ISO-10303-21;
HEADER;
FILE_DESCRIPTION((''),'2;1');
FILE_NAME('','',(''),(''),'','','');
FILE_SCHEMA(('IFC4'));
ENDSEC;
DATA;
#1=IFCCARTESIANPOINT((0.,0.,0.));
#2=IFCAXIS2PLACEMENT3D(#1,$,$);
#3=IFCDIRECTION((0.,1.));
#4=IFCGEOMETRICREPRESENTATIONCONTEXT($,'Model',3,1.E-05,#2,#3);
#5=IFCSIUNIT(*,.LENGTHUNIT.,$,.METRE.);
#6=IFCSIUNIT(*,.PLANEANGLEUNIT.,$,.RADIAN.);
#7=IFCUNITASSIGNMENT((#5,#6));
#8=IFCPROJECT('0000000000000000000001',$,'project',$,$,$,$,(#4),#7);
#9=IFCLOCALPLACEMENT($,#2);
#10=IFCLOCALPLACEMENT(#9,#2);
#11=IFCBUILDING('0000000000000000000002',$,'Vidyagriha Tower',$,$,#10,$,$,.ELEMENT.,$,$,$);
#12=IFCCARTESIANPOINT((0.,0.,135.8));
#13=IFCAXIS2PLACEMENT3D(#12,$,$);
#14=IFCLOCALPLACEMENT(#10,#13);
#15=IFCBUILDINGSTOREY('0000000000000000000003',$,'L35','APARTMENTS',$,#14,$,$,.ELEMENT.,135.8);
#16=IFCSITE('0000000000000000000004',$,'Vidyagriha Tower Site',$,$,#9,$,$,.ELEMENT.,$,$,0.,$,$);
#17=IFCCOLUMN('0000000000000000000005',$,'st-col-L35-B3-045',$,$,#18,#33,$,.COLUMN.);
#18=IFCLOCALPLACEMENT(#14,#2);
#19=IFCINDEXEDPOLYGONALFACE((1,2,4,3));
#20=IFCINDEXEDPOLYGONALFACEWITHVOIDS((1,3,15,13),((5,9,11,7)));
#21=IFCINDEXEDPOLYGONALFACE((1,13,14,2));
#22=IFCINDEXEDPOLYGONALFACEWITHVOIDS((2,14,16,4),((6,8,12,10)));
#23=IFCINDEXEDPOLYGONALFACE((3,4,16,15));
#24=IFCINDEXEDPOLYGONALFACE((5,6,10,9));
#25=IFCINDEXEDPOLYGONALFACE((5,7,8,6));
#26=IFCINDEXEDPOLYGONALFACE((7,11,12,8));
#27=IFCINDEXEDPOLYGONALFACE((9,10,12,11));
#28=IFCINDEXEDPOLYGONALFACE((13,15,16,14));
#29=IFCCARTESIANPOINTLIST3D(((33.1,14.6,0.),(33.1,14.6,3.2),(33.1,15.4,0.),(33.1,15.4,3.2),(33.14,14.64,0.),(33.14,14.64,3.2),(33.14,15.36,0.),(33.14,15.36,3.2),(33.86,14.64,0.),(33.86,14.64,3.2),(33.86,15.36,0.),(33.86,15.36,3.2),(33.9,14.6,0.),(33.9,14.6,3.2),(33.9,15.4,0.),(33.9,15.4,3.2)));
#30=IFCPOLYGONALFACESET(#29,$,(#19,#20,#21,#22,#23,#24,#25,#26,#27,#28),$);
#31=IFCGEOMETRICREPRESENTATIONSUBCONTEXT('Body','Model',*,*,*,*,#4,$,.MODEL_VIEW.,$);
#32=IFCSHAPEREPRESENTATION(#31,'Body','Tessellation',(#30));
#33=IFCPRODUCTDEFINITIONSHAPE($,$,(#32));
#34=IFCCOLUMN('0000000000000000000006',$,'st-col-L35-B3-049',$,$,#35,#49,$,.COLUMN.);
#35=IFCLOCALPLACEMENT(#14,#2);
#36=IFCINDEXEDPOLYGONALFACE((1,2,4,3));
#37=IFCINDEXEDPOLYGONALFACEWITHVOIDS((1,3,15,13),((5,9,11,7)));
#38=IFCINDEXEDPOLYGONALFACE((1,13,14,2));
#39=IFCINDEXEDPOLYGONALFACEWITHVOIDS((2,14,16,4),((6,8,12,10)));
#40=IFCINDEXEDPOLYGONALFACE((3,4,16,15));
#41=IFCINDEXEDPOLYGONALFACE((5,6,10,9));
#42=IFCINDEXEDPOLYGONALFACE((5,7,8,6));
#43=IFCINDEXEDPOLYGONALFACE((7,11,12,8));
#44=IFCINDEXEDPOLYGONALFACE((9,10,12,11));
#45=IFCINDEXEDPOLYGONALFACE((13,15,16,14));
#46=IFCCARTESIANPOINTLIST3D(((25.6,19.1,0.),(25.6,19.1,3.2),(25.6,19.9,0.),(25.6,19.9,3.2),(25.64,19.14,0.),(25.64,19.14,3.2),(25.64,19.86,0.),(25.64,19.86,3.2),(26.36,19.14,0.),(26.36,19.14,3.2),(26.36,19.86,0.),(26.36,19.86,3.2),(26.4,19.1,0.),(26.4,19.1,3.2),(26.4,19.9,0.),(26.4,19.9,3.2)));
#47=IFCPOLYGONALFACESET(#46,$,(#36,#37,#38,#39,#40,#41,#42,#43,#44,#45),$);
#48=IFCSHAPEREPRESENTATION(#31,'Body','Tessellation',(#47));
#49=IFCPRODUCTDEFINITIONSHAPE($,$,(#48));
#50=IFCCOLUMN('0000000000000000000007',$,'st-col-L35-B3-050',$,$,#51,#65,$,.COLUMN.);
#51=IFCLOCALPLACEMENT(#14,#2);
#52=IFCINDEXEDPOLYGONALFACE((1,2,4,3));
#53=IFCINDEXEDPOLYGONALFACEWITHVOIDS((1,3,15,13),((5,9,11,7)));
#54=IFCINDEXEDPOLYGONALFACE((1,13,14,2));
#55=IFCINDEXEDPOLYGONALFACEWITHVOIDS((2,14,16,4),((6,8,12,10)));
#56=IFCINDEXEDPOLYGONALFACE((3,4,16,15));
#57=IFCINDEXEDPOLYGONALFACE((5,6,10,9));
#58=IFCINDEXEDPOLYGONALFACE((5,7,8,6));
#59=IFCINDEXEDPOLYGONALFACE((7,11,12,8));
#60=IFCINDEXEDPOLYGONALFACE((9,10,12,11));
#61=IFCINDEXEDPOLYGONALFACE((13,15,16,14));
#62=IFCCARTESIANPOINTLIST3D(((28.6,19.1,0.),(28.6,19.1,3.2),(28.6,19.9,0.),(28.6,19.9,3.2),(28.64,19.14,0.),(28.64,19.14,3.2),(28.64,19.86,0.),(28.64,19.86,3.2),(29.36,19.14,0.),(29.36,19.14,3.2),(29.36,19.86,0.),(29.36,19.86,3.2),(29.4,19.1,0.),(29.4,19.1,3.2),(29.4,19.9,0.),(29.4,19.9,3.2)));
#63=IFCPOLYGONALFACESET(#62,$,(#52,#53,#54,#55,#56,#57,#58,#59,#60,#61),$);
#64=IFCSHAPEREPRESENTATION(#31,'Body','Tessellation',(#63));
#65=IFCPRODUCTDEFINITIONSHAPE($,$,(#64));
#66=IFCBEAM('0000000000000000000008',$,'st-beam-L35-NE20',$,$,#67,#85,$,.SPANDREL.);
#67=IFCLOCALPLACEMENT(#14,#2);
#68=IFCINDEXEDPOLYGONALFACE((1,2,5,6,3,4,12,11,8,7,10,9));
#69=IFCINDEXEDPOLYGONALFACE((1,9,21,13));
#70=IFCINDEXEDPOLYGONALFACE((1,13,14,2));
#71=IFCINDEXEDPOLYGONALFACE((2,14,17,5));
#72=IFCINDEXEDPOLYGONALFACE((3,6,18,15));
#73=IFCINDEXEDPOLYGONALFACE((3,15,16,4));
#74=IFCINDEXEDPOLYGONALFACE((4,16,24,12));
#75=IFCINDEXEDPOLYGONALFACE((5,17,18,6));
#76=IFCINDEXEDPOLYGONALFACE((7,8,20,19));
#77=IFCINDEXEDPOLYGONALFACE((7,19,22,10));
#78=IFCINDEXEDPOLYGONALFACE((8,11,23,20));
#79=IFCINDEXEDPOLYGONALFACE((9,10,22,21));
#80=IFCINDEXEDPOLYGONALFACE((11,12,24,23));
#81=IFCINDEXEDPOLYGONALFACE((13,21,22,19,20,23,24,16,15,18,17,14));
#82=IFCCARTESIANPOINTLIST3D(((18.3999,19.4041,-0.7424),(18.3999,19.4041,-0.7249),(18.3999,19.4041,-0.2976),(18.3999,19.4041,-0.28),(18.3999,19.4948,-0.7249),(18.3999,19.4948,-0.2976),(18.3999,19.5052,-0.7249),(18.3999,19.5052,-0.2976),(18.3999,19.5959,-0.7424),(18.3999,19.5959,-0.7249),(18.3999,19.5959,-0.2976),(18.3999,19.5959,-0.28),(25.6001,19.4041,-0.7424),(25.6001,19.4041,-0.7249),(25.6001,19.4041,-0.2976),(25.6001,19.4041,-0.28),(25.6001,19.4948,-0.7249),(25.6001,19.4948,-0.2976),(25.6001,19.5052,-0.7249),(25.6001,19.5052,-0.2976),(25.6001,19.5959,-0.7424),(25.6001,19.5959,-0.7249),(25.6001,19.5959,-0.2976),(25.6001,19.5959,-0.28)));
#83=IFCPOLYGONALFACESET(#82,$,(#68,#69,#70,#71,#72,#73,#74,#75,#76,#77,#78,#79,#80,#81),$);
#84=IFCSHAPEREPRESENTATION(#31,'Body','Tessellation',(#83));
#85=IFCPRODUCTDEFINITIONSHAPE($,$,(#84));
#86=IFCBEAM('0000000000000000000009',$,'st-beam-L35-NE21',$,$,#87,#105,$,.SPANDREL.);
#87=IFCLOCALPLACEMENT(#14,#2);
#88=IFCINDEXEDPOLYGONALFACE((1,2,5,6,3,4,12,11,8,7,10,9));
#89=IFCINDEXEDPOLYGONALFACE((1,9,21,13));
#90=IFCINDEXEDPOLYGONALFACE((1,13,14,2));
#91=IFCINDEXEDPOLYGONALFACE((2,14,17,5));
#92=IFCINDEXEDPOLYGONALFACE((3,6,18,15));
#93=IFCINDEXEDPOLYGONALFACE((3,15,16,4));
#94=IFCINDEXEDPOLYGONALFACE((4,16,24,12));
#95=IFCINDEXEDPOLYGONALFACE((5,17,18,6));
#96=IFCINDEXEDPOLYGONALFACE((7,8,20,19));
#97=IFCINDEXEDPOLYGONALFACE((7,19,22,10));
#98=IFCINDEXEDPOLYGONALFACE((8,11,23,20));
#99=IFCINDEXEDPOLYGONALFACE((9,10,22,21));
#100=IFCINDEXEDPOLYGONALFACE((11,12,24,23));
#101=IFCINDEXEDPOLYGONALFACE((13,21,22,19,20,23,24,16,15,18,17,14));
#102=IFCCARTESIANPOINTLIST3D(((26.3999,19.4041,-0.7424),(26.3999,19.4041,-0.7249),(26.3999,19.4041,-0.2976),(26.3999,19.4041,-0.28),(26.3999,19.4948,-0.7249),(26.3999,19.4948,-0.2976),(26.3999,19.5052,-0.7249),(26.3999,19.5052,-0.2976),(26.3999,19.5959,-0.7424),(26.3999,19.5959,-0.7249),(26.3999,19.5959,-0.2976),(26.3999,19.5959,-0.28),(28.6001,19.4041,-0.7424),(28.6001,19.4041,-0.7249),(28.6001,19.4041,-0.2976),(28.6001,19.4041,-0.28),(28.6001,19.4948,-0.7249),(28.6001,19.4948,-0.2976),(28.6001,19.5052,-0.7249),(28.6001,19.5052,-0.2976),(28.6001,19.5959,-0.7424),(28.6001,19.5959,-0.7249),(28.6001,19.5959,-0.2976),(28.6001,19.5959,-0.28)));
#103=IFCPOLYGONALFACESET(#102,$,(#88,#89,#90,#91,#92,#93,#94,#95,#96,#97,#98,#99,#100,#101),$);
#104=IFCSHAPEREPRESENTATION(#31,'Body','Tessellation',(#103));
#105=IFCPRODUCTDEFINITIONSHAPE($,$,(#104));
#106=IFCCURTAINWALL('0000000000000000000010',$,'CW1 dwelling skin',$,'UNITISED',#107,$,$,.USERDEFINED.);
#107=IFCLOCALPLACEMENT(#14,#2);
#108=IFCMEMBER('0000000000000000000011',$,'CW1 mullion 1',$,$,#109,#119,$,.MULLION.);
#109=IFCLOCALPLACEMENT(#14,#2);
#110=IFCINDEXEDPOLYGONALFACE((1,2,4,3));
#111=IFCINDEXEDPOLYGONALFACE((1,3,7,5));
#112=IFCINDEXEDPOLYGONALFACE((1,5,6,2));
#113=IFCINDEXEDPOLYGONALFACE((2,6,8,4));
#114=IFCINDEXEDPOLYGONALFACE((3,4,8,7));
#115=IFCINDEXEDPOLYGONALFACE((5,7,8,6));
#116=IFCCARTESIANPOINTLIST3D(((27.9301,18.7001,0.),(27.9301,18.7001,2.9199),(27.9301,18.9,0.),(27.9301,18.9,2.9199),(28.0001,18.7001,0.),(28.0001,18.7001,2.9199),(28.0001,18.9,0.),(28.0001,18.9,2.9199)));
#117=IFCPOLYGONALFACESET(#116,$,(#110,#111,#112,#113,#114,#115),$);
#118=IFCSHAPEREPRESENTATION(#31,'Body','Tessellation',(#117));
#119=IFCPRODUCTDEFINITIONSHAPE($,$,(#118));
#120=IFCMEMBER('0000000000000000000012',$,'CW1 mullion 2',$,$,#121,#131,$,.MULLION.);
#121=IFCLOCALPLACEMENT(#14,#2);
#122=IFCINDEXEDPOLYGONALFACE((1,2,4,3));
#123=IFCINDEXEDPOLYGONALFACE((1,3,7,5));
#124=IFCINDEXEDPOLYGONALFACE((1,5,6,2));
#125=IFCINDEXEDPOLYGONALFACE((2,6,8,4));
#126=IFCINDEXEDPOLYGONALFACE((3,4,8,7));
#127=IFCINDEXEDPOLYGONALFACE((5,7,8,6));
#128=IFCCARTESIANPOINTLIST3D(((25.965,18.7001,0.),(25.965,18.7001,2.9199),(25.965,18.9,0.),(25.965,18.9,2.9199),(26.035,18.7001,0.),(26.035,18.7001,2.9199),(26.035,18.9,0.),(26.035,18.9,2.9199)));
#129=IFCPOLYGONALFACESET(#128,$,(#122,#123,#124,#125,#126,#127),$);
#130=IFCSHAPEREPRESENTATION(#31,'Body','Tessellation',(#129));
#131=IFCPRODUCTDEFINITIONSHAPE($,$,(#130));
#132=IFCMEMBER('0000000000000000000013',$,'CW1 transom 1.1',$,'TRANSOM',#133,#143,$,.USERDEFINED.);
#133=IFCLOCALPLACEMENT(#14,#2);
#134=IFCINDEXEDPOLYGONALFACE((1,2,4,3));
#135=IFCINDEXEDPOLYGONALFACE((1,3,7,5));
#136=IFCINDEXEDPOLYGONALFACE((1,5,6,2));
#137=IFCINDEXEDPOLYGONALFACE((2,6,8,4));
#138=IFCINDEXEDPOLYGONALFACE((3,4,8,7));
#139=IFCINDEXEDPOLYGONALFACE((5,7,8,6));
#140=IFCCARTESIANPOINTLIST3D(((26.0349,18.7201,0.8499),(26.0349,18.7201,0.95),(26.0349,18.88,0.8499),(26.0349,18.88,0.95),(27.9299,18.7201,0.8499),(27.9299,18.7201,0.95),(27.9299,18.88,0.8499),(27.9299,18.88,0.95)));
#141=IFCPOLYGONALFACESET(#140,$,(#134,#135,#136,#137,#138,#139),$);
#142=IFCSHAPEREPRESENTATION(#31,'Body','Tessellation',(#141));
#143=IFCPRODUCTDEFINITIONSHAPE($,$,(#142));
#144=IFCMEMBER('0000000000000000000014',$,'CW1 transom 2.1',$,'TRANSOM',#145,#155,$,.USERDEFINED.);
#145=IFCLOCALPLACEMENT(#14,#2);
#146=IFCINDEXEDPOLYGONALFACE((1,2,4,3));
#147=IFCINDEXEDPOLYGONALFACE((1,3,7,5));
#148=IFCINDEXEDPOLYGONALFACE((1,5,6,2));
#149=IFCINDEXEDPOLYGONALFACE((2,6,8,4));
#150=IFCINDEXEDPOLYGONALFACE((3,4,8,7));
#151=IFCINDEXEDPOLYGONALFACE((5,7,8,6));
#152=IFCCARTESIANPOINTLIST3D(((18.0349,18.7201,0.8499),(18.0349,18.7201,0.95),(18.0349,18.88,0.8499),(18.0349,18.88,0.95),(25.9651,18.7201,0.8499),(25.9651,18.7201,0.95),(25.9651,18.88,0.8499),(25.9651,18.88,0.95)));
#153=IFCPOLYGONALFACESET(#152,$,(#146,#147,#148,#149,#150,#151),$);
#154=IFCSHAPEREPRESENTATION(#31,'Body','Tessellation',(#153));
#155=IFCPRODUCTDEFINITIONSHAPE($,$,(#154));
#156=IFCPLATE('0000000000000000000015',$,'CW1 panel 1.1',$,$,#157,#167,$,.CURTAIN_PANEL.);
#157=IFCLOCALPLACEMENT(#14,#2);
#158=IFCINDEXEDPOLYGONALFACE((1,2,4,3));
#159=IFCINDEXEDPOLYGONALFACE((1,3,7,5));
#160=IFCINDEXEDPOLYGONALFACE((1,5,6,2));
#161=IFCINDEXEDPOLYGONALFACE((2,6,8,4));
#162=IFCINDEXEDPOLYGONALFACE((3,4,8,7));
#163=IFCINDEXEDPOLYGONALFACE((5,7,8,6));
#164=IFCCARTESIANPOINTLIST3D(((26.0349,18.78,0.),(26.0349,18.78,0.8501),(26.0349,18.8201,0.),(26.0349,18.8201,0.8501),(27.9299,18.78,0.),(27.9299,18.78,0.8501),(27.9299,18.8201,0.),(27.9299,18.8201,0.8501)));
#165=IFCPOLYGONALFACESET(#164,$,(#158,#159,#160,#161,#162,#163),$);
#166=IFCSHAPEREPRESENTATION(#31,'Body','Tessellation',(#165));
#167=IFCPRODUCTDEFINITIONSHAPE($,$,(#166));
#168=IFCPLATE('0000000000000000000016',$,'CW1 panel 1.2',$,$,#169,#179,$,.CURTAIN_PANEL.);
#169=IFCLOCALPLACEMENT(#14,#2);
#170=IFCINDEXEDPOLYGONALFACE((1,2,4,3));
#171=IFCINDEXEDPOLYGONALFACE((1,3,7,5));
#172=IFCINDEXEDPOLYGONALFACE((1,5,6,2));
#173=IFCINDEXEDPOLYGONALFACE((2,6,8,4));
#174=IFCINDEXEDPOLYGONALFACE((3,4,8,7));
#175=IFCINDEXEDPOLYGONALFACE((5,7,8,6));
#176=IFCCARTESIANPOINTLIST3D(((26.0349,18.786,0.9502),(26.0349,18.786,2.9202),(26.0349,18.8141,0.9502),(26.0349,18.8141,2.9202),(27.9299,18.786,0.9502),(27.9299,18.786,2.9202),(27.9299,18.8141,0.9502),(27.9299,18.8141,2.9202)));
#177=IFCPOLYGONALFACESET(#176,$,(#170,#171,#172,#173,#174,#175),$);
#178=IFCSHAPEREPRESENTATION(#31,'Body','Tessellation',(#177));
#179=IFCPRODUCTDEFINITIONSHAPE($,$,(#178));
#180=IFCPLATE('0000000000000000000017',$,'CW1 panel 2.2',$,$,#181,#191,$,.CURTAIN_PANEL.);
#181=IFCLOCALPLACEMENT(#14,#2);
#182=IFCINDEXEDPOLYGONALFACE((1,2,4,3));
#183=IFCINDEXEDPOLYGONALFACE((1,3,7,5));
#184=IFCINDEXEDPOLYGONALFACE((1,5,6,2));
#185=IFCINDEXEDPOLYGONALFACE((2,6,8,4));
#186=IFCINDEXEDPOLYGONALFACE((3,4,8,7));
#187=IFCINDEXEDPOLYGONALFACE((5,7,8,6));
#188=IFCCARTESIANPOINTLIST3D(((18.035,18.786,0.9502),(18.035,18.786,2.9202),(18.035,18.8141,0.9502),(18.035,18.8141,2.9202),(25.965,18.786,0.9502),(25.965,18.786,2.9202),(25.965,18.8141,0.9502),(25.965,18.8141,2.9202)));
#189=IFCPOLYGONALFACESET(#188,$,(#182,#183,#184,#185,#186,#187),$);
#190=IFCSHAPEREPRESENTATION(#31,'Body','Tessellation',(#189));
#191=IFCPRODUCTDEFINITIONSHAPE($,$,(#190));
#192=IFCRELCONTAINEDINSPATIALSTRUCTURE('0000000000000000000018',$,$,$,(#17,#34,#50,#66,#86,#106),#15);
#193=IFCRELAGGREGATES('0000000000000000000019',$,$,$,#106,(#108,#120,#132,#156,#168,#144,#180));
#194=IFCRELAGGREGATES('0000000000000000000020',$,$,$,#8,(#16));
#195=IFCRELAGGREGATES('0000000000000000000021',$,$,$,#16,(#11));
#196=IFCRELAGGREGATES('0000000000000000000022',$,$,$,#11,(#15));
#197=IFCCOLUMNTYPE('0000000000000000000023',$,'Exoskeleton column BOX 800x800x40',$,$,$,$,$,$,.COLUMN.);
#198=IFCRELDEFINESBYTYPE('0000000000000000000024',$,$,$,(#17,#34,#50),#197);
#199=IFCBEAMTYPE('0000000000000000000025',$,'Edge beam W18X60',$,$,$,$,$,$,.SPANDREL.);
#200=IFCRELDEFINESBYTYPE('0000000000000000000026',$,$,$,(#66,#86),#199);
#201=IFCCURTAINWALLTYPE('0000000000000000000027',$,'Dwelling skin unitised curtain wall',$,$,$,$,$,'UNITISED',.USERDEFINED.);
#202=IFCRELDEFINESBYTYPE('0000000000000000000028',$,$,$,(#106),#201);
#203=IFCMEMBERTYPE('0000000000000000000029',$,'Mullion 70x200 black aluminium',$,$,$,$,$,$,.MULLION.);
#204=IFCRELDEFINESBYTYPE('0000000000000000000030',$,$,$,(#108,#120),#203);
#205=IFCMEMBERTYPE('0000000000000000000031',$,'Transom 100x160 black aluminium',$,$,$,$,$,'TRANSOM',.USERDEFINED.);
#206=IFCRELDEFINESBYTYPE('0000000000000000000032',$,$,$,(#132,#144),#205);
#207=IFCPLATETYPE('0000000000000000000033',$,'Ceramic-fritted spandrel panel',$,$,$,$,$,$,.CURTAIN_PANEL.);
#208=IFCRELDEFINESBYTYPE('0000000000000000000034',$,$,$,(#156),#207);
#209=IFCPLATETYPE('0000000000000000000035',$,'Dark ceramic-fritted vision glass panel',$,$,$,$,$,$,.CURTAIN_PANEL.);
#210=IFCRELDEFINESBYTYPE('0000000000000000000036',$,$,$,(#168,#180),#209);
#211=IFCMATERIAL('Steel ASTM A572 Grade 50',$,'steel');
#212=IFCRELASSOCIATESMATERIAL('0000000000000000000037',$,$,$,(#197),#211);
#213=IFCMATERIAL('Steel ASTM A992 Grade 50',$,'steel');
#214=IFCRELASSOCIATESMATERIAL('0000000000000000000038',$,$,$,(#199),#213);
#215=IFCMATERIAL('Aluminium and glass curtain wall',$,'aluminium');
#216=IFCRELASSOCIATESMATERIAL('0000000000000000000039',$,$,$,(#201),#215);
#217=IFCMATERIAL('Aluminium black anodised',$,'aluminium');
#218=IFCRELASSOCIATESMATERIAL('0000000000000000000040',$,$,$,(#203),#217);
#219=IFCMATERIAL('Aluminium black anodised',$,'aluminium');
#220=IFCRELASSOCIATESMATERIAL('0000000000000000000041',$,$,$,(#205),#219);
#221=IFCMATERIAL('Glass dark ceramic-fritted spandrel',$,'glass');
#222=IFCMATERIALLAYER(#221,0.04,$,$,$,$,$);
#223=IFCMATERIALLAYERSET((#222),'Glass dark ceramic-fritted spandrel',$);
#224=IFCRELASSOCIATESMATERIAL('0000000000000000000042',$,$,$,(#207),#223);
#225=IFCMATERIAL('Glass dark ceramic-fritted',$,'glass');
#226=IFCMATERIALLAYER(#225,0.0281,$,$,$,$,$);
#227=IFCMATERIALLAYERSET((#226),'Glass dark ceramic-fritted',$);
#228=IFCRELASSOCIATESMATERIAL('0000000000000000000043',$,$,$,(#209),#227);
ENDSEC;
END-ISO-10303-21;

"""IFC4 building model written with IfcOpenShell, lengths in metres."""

from ifc_helpers import new_model, si_unit, direction, frame, origin, origin_2d, place, context, subcontext, project, spatial, rectangle, hollow_rectangle, i_section, extrude, material, layer, layer_set, material_profile, profile_set, type_object, element, aggregate, save


model = new_model("IFC4")

# Units and contexts
model_context = context("Model", 3, precision=1e-05, world=origin(), true_north=direction((0.0, 1.0)))
body_context = subcontext(model_context, "Body", "Model", "MODEL_VIEW")
ifc_project = project(units=[si_unit("LENGTHUNIT", "METRE"), si_unit("PLANEANGLEUNIT", "RADIAN")], contexts=[model_context])

# Site, building, storey
site_placement = place(None, origin())
site = spatial("IfcSite", under=ifc_project, at=site_placement, Name="Vidyagriha Tower Site", CompositionType="ELEMENT", RefElevation=0.0)
building_placement = place(site_placement, origin())
building = spatial("IfcBuilding", under=site, at=building_placement, Name="Vidyagriha Tower", CompositionType="ELEMENT")
storey_placement = place(building_placement, frame((0.0, 0.0, 135.8)))
storey = spatial("IfcBuildingStorey", under=building, at=storey_placement, Name="L35", Description="APARTMENTS", CompositionType="ELEMENT", Elevation=135.8)

# Columns
ifc_material_1 = material(Name="Steel ASTM A572 Grade 50", Category="steel")
ifc_material_profile_1 = material_profile(ifc_material_1, hollow_rectangle(XDim=0.8, YDim=0.8, WallThickness=0.04, at=origin_2d()), Name="BOX 800x800x40")
ifc_profile_set_1 = profile_set([ifc_material_profile_1], Name="Steel ASTM A572 Grade 50")
column_type = type_object("IfcColumnType", Name="Exoskeleton column BOX 800x800x40", PredefinedType="COLUMN", material=ifc_profile_set_1)
for number, where, name in (
    (1, (33.5, 15.0, 0.0), "st-col-L35-B3-045"),
    (2, (26.0, 19.5, 0.0), "st-col-L35-B3-049"),
    (3, (29.0, 19.5, 0.0), "st-col-L35-B3-050"),
):
    element("IfcColumn", number, at=place(storey_placement, frame(where)), inside=storey, type_object=column_type, Name=name, PredefinedType="COLUMN", context=body_context, shape_type="SweptSolid", body=[
        extrude(hollow_rectangle(XDim=0.8, YDim=0.8, WallThickness=0.04, at=origin_2d()), origin(), (0.0, 0.0, 1.0), 3.2),
    ])

# Beams
ifc_material_2 = material(Name="Steel ASTM A992 Grade 50", Category="steel")
ifc_material_profile_2 = material_profile(ifc_material_2, i_section(OverallWidth=0.1919, OverallDepth=0.4624, WebThickness=0.0105, FlangeThickness=0.0176, at=origin_2d()), Name="W18X60")
ifc_profile_set_2 = profile_set([ifc_material_profile_2], Name="Steel ASTM A992 Grade 50")
beam_type = type_object("IfcBeamType", Name="Edge beam W18X60", PredefinedType="SPANDREL", material=ifc_profile_set_2)
beam_1_placement = place(storey_placement, frame((18.3999, 19.5, -0.5112), z_axis=(1.0, 0.0, 0.0), x_axis=(0.0, 1.0, 0.0)))
element("IfcBeam", 4, at=beam_1_placement, inside=storey, type_object=beam_type, Name="st-beam-L35-NE20", PredefinedType="SPANDREL", context=body_context, shape_type="SweptSolid", body=[
    extrude(i_section(OverallWidth=0.1919, OverallDepth=0.4624, WebThickness=0.0105, FlangeThickness=0.0176, at=origin_2d()), origin(), (0.0, 0.0, 1.0), 7.2002),
])
beam_2_placement = place(storey_placement, frame((26.3999, 19.5, -0.5112), z_axis=(1.0, 0.0, 0.0), x_axis=(0.0, 1.0, 0.0)))
element("IfcBeam", 5, at=beam_2_placement, inside=storey, type_object=beam_type, Name="st-beam-L35-NE21", PredefinedType="SPANDREL", context=body_context, shape_type="SweptSolid", body=[
    extrude(i_section(OverallWidth=0.1919, OverallDepth=0.4624, WebThickness=0.0105, FlangeThickness=0.0176, at=origin_2d()), origin(), (0.0, 0.0, 1.0), 2.2002),
])

# Curtain wall, members, plates
ifc_material_3 = material(Name="Aluminium and glass curtain wall", Category="aluminium")
curtain_wall_type = type_object("IfcCurtainWallType", Name="Dwelling skin unitised curtain wall", ElementType="UNITISED", PredefinedType="USERDEFINED", material=ifc_material_3)
curtain_wall_placement = place(storey_placement, origin())
curtain_wall = element("IfcCurtainWall", 6, at=curtain_wall_placement, inside=storey, type_object=curtain_wall_type, Name="CW1 dwelling skin", ObjectType="UNITISED", PredefinedType="USERDEFINED")
ifc_material_4 = material(Name="Aluminium black anodised", Category="aluminium")
ifc_material_profile_3 = material_profile(ifc_material_4, rectangle(XDim=0.2, YDim=0.0701, at=origin_2d()), Name="Mullion 70x200 black aluminium")
ifc_profile_set_3 = profile_set([ifc_material_profile_3], Name="Aluminium black anodised")
member_type_1 = type_object("IfcMemberType", Name="Mullion 70x200 black aluminium", PredefinedType="MULLION", material=ifc_profile_set_3)
member_1_placement = place(storey_placement, frame((27.9651, 18.8, 0.0), z_axis=(0.0, 0.0, 1.0), x_axis=(0.0, -1.0, 0.0)))
member_1 = element("IfcMember", 7, at=member_1_placement, type_object=member_type_1, Name="CW1 mullion 1", PredefinedType="MULLION", context=body_context, shape_type="SweptSolid", body=[
    extrude(rectangle(XDim=0.2, YDim=0.0701, at=origin_2d()), origin(), (0.0, 0.0, 1.0), 2.9199),
])
member_2_placement = place(storey_placement, frame((26.0, 18.8, 0.0), z_axis=(0.0, 0.0, 1.0), x_axis=(0.0, -1.0, 0.0)))
member_2 = element("IfcMember", 8, at=member_2_placement, type_object=member_type_1, Name="CW1 mullion 2", PredefinedType="MULLION", context=body_context, shape_type="SweptSolid", body=[
    extrude(rectangle(XDim=0.2, YDim=0.0701, at=origin_2d()), origin(), (0.0, 0.0, 1.0), 2.9199),
])
ifc_material_5 = material(Name="Aluminium black anodised", Category="aluminium")
ifc_material_profile_4 = material_profile(ifc_material_5, rectangle(XDim=0.1599, YDim=0.1001, at=origin_2d()), Name="Transom 100x160 black aluminium")
ifc_profile_set_4 = profile_set([ifc_material_profile_4], Name="Aluminium black anodised")
member_type_2 = type_object("IfcMemberType", Name="Transom 100x160 black aluminium", ElementType="TRANSOM", PredefinedType="USERDEFINED", material=ifc_profile_set_4)
member_3_placement = place(storey_placement, frame((27.9299, 18.8, 0.8999), z_axis=(-1.0, 0.0, 0.0), x_axis=(0.0, -1.0, 0.0)))
member_3 = element("IfcMember", 9, at=member_3_placement, type_object=member_type_2, Name="CW1 transom 1.1", ObjectType="TRANSOM", PredefinedType="USERDEFINED", context=body_context, shape_type="SweptSolid", body=[
    extrude(rectangle(XDim=0.1599, YDim=0.1001, at=origin_2d()), origin(), (0.0, 0.0, 1.0), 1.895),
])
member_4_placement = place(storey_placement, frame((25.9651, 18.8, 0.8999), z_axis=(-1.0, 0.0, 0.0), x_axis=(0.0, -1.0, 0.0)))
member_4 = element("IfcMember", 10, at=member_4_placement, type_object=member_type_2, Name="CW1 transom 2.1", ObjectType="TRANSOM", PredefinedType="USERDEFINED", context=body_context, shape_type="SweptSolid", body=[
    extrude(rectangle(XDim=0.1599, YDim=0.1001, at=origin_2d()), origin(), (0.0, 0.0, 1.0), 7.9302),
])
ifc_material_6 = material(Name="Glass dark ceramic-fritted spandrel", Category="glass")
ifc_layer_1 = layer(ifc_material_6, 0.04)
ifc_layer_set_1 = layer_set([ifc_layer_1], Name="Glass dark ceramic-fritted spandrel")
plate_type_1 = type_object("IfcPlateType", Name="Ceramic-fritted spandrel panel", PredefinedType="CURTAIN_PANEL", material=ifc_layer_set_1)
plate_1_placement = place(storey_placement, frame((26.9824, 18.8, 0.0), z_axis=(0.0, 0.0, 1.0), x_axis=(-1.0, 0.0, 0.0)))
plate_1 = element("IfcPlate", 11, at=plate_1_placement, type_object=plate_type_1, Name="CW1 panel 1.1", PredefinedType="CURTAIN_PANEL", context=body_context, shape_type="SweptSolid", body=[
    extrude(rectangle(XDim=1.895, YDim=0.04, at=origin_2d()), origin(), (0.0, 0.0, 1.0), 0.8501),
])
ifc_material_7 = material(Name="Glass dark ceramic-fritted", Category="glass")
ifc_layer_2 = layer(ifc_material_7, 0.0281)
ifc_layer_set_2 = layer_set([ifc_layer_2], Name="Glass dark ceramic-fritted")
plate_type_2 = type_object("IfcPlateType", Name="Dark ceramic-fritted vision glass panel", PredefinedType="CURTAIN_PANEL", material=ifc_layer_set_2)
plate_2_placement = place(storey_placement, frame((26.9824, 18.8, 0.9502), z_axis=(0.0, 0.0, 1.0), x_axis=(-1.0, 0.0, 0.0)))
plate_2 = element("IfcPlate", 12, at=plate_2_placement, type_object=plate_type_2, Name="CW1 panel 1.2", PredefinedType="CURTAIN_PANEL", context=body_context, shape_type="SweptSolid", body=[
    extrude(rectangle(XDim=1.895, YDim=0.0281, at=origin_2d()), origin(), (0.0, 0.0, 1.0), 1.97),
])
plate_3_placement = place(storey_placement, frame((22.0, 18.8, 0.9502), z_axis=(0.0, 0.0, 1.0), x_axis=(-1.0, 0.0, 0.0)))
plate_3 = element("IfcPlate", 13, at=plate_3_placement, type_object=plate_type_2, Name="CW1 panel 2.2", PredefinedType="CURTAIN_PANEL", context=body_context, shape_type="SweptSolid", body=[
    extrude(rectangle(XDim=7.9299, YDim=0.0281, at=origin_2d()), origin(), (0.0, 0.0, 1.0), 1.97),
])
aggregate(curtain_wall, [member_1, member_2, member_3, plate_1, plate_2, member_4, plate_3])

save(model, "model.ifc")
